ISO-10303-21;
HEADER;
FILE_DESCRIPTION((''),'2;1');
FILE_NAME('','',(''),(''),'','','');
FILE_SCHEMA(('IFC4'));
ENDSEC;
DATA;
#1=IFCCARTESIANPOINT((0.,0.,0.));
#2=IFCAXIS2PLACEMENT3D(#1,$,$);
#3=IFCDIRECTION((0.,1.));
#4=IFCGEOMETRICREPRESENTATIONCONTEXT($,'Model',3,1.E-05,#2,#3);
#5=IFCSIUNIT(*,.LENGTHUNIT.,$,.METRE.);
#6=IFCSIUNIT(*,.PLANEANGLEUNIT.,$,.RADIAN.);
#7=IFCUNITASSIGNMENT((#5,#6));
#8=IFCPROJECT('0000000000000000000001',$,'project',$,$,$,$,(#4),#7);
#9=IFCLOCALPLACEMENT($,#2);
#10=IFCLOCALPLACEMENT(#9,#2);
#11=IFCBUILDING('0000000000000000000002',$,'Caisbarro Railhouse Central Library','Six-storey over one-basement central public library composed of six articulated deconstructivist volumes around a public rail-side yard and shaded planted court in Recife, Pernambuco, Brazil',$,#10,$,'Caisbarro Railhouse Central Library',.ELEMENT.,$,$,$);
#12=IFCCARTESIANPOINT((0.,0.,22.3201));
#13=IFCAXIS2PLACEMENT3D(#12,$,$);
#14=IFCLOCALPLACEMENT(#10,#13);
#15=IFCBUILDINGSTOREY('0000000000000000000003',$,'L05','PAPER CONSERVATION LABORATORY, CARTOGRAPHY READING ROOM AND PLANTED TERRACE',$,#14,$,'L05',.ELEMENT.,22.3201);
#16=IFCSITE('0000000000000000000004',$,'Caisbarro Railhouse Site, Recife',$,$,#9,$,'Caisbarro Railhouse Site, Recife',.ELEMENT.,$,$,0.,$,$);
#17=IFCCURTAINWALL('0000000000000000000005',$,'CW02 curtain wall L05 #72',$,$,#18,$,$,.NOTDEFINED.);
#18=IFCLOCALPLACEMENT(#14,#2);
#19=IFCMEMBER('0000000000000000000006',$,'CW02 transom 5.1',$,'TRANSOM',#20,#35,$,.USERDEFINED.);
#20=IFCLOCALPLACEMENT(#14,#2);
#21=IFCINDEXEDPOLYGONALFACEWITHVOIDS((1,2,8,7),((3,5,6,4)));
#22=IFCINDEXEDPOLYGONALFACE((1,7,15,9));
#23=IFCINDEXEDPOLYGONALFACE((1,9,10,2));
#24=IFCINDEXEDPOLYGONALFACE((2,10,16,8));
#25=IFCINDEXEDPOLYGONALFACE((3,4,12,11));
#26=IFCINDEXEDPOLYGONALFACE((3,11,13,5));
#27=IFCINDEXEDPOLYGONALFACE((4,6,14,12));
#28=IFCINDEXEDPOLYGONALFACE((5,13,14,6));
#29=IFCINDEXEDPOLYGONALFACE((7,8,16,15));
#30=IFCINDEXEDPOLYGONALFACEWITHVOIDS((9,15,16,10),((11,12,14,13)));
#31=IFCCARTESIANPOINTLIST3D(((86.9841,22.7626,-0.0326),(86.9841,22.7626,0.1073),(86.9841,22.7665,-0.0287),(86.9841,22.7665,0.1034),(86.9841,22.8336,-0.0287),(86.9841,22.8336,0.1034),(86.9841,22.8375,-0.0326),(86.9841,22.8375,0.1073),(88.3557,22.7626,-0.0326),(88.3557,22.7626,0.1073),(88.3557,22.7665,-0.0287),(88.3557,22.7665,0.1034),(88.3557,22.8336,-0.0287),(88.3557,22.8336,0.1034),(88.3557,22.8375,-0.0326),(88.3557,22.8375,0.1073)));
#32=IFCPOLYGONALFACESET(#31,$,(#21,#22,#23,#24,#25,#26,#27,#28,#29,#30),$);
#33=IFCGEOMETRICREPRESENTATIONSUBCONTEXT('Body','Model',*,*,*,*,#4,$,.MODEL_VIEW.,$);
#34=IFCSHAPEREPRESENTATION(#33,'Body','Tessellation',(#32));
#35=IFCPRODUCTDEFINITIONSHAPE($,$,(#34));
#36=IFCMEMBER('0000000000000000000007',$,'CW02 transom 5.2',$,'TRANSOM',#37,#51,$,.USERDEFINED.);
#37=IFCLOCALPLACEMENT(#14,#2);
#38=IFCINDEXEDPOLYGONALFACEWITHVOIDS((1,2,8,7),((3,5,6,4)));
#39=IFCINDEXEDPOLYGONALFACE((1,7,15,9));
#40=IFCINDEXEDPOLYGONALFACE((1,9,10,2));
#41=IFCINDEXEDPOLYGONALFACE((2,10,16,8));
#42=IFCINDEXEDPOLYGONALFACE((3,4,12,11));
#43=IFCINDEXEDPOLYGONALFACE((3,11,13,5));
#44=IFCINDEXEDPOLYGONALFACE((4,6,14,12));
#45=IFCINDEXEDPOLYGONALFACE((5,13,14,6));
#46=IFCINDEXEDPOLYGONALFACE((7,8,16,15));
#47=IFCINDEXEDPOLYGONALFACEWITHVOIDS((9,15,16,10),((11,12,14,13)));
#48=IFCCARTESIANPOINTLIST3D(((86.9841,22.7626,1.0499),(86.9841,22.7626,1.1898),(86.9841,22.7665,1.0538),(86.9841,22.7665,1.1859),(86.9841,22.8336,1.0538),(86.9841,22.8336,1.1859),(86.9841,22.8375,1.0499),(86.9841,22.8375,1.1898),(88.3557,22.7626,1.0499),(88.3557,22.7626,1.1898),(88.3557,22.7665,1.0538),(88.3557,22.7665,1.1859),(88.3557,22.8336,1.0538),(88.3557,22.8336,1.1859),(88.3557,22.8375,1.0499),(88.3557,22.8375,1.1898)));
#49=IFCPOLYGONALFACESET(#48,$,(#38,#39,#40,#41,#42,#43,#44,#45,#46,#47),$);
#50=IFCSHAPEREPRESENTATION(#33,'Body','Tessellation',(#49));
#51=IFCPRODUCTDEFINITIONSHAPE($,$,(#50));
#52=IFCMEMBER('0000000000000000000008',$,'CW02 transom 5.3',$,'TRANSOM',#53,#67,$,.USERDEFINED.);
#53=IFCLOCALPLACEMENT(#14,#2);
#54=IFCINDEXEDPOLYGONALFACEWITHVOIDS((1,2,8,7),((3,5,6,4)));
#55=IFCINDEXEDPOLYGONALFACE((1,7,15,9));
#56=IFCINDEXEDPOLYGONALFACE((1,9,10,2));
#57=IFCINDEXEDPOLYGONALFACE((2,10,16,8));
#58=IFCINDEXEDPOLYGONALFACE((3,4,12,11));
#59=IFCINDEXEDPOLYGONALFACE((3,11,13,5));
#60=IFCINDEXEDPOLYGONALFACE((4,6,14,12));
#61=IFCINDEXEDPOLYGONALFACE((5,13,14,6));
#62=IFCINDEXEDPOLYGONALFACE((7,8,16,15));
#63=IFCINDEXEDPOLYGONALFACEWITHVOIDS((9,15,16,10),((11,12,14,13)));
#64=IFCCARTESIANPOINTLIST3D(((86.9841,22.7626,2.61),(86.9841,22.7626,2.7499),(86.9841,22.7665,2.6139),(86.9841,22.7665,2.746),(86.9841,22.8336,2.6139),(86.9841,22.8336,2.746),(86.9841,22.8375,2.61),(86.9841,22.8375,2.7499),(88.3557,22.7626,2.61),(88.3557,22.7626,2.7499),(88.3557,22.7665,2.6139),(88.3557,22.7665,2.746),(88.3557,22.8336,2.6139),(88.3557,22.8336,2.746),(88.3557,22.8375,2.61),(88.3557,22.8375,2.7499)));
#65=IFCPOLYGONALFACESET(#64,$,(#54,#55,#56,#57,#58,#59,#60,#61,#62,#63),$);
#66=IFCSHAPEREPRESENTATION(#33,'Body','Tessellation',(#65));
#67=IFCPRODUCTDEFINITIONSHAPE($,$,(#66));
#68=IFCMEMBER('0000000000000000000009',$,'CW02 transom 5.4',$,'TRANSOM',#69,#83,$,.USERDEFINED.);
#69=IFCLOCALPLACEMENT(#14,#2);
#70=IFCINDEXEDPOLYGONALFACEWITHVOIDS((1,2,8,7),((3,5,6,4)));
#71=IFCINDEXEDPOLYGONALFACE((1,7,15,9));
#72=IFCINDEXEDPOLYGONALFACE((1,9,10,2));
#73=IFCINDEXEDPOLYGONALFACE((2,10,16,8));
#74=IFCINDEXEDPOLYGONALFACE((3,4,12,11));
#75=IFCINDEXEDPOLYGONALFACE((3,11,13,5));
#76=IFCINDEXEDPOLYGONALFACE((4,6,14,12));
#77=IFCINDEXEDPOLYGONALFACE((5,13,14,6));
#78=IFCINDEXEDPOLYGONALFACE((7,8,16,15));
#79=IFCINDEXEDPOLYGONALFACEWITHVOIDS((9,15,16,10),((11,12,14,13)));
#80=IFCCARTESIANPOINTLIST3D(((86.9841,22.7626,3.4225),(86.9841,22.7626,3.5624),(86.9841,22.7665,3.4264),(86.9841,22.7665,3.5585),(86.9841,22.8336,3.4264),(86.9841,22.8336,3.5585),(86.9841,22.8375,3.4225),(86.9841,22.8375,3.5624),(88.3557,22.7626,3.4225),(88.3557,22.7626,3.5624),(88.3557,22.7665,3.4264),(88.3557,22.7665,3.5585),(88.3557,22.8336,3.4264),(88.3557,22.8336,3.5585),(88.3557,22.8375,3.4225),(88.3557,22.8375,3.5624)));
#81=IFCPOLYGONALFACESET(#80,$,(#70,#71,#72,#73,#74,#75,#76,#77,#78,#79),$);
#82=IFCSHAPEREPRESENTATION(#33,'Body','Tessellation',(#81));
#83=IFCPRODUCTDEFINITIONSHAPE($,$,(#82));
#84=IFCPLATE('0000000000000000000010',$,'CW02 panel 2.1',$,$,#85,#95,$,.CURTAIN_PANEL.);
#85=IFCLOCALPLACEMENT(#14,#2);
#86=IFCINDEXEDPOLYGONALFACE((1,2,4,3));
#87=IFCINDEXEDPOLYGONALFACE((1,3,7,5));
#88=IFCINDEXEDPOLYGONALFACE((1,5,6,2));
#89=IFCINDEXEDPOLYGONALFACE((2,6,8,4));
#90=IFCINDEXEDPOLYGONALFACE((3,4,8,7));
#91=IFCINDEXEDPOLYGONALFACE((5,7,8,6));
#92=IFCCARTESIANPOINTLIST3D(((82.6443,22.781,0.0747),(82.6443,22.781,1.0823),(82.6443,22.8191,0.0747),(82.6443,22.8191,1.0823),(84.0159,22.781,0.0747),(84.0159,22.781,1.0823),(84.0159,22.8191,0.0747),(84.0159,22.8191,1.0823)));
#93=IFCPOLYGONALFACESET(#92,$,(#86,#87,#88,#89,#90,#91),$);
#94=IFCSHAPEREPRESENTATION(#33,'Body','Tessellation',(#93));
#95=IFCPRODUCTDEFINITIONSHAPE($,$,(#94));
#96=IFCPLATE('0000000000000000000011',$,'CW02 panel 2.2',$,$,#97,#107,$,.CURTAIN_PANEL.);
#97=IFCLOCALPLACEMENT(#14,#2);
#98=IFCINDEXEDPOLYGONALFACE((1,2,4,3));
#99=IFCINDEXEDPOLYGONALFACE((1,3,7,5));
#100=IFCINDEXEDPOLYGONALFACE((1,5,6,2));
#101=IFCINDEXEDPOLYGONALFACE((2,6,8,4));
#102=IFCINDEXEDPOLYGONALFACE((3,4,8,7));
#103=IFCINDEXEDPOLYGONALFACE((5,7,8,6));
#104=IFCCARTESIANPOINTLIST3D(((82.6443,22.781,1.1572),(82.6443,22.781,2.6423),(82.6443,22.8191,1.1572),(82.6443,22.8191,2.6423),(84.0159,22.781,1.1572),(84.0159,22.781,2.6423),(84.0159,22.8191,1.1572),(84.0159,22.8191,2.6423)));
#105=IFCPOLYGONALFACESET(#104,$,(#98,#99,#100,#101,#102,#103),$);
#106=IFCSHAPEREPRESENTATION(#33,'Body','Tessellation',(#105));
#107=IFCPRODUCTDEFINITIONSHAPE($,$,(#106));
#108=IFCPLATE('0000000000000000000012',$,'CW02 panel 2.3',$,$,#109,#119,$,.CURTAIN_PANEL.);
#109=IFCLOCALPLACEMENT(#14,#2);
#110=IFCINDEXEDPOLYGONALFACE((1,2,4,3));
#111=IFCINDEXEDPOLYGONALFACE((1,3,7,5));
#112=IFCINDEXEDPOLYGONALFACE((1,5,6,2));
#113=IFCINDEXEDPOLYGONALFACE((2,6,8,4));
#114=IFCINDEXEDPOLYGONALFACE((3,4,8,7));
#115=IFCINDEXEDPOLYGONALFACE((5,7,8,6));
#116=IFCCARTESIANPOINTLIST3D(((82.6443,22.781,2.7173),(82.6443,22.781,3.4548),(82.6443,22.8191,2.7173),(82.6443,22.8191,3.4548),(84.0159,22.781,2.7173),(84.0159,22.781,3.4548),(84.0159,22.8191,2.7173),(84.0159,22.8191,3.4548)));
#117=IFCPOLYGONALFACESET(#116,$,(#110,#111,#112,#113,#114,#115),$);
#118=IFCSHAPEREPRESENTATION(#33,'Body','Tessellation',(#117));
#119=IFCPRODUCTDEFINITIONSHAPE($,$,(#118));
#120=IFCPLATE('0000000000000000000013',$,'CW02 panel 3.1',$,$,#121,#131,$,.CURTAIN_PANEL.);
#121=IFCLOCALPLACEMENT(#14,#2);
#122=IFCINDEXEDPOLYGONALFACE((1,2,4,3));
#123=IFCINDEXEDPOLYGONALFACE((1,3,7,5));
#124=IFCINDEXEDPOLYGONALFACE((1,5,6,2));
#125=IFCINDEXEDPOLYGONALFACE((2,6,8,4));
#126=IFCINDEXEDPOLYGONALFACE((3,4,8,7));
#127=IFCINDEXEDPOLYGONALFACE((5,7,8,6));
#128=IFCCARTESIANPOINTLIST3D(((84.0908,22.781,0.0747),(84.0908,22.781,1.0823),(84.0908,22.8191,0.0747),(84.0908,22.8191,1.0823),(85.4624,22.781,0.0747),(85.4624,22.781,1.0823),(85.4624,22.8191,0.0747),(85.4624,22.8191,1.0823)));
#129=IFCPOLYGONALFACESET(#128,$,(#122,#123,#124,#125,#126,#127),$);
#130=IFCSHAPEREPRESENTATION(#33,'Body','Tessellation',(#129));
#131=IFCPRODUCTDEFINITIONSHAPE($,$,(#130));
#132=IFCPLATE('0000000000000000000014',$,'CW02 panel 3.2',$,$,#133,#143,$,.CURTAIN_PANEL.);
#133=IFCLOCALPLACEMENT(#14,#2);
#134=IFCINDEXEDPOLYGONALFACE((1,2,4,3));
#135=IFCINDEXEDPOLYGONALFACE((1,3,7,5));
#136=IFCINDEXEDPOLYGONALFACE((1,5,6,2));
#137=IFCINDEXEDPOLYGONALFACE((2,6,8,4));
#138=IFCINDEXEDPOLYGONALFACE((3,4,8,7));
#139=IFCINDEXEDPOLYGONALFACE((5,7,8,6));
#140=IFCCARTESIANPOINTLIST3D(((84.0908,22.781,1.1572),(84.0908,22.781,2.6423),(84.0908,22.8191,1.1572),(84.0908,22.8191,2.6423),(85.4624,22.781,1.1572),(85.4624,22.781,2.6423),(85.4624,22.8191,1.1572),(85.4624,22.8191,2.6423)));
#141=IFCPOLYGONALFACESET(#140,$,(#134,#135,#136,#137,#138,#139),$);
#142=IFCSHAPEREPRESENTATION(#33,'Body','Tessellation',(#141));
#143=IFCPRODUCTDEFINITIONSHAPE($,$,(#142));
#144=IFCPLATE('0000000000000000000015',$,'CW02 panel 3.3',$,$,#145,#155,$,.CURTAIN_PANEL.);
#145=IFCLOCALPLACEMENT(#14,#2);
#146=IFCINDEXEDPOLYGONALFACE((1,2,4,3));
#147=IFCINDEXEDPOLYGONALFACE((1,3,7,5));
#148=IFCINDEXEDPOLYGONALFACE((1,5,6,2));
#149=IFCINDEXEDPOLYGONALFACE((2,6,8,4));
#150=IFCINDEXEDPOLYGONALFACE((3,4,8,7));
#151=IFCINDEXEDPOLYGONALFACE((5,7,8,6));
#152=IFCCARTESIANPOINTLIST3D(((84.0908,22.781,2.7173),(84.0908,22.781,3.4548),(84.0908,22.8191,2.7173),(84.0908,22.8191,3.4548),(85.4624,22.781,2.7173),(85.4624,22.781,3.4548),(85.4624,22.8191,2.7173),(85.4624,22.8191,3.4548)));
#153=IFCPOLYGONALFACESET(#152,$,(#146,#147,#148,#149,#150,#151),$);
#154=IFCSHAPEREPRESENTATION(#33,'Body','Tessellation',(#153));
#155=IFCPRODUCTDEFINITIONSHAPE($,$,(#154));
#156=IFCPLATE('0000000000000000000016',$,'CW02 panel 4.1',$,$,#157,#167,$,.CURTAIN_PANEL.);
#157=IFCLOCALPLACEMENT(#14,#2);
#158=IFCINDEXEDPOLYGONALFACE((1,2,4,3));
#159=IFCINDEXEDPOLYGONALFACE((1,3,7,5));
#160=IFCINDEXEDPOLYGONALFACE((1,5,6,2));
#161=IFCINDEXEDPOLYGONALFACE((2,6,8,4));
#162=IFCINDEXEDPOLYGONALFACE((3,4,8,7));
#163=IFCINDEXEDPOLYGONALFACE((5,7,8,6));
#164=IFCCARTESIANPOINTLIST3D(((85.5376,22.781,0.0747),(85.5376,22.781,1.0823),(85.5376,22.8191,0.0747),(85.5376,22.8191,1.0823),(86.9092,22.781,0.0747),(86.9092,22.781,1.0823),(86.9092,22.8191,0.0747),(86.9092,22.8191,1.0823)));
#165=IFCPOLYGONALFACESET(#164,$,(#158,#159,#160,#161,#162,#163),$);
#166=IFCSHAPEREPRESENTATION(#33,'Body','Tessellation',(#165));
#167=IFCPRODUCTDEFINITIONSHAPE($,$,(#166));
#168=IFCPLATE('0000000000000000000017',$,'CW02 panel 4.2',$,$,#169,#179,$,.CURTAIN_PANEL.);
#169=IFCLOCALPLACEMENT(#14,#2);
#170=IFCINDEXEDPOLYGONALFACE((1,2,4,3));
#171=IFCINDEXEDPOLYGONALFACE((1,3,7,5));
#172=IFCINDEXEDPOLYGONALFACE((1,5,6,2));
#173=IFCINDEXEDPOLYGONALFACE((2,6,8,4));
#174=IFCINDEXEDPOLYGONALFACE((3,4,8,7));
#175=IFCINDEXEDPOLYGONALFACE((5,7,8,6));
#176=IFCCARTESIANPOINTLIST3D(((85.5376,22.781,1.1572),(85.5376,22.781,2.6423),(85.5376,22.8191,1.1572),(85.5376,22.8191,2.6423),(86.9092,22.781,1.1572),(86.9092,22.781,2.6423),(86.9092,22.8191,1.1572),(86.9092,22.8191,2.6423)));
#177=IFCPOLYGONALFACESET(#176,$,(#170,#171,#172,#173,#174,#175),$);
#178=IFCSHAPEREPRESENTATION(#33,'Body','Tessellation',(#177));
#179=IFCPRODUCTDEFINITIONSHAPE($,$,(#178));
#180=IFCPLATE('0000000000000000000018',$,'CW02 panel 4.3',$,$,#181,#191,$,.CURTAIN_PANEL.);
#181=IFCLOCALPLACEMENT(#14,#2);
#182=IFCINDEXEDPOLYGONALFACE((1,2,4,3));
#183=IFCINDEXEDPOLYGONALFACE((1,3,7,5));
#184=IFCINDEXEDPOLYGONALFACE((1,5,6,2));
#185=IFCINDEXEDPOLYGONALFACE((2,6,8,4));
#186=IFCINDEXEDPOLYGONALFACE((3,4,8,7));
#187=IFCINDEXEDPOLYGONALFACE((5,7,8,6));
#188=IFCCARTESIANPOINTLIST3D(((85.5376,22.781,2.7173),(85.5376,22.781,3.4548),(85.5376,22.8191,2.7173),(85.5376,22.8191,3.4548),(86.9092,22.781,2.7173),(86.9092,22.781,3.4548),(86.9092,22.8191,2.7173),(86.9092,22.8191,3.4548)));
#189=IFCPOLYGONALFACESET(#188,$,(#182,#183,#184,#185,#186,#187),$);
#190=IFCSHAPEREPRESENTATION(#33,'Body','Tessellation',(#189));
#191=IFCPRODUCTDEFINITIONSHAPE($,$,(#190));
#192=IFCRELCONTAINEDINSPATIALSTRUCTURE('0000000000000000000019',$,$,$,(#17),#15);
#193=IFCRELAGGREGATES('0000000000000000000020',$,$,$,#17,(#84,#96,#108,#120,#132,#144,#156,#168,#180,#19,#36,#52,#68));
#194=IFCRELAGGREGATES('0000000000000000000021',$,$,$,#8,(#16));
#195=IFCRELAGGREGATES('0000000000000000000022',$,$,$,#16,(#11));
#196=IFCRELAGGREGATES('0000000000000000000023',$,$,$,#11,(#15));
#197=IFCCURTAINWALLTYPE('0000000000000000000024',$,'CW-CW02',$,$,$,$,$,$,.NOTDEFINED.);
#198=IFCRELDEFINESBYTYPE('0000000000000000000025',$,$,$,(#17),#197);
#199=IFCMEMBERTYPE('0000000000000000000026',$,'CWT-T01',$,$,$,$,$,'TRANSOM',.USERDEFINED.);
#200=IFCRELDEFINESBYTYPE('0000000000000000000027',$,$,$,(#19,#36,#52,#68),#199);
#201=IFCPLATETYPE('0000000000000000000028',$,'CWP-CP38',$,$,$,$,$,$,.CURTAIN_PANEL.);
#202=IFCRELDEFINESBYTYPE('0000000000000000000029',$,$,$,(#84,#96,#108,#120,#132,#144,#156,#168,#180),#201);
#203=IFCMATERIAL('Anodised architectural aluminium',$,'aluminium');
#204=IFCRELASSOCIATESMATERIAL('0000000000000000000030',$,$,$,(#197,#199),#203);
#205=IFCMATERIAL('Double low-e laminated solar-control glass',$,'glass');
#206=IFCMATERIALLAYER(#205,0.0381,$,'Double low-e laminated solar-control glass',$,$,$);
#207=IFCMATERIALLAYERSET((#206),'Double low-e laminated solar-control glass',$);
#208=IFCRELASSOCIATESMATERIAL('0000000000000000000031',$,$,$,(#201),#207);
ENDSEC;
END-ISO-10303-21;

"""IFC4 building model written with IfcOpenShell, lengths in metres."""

from ifc_helpers import new_model, si_unit, direction, frame, origin, origin_2d, place, context, subcontext, project, spatial, rectangle, hollow_rectangle, extrude, material, layer, layer_set, material_profile, profile_set, type_object, element, aggregate, save


model = new_model("IFC4")

# Units and contexts
model_context = context("Model", 3, precision=1e-05, world=origin(), true_north=direction((0.0, 1.0)))
body_context = subcontext(model_context, "Body", "Model", "MODEL_VIEW")
ifc_project = project(units=[si_unit("LENGTHUNIT", "METRE"), si_unit("PLANEANGLEUNIT", "RADIAN")], contexts=[model_context])

# Site, building, storey
site_placement = place(None, origin())
site = spatial("IfcSite", under=ifc_project, at=site_placement, Name="Caisbarro Railhouse Site, Recife", LongName="Caisbarro Railhouse Site, Recife", CompositionType="ELEMENT", RefElevation=0.0)
building_placement = place(site_placement, origin())
building = spatial("IfcBuilding", under=site, at=building_placement, Name="Caisbarro Railhouse Central Library", Description="Six-storey over one-basement central public library composed of six articulated deconstructivist volumes around a public rail-side yard and shaded planted court in Recife, Pernambuco, Brazil", LongName="Caisbarro Railhouse Central Library", CompositionType="ELEMENT")
storey_placement = place(building_placement, frame((0.0, 0.0, 22.3201)))
storey = spatial("IfcBuildingStorey", under=building, at=storey_placement, Name="L05", Description="PAPER CONSERVATION LABORATORY, CARTOGRAPHY READING ROOM AND PLANTED TERRACE", LongName="L05", CompositionType="ELEMENT", Elevation=22.3201)

# Curtain wall, members, plates
ifc_material_1 = material(Name="Anodised architectural aluminium", Category="aluminium")
curtain_wall_type = type_object("IfcCurtainWallType", Name="CW-CW02", PredefinedType="NOTDEFINED", material=ifc_material_1)
curtain_wall_placement = place(storey_placement, origin())
curtain_wall = element("IfcCurtainWall", 1, at=curtain_wall_placement, inside=storey, type_object=curtain_wall_type, Name="CW02 curtain wall L05 #72", PredefinedType="NOTDEFINED")
ifc_material_profile_1 = material_profile(ifc_material_1, hollow_rectangle(XDim=0.075, YDim=0.1399, WallThickness=0.0039, at=origin_2d()), Name="ALU-TRN-75X140")
ifc_profile_set_1 = profile_set([ifc_material_profile_1], Name="Anodised architectural aluminium")
member_type_1 = type_object("IfcMemberType", Name="CWT-T01", ElementType="TRANSOM", PredefinedType="USERDEFINED", material=ifc_profile_set_1)
member_1_placement = place(storey_placement, frame((86.9841, 22.8, 0.0374), z_axis=(1.0, 0.0, 0.0), x_axis=(0.0, 1.0, 0.0)))
member_1 = element("IfcMember", 2, at=member_1_placement, type_object=member_type_1, Name="CW02 transom 5.1", ObjectType="TRANSOM", PredefinedType="USERDEFINED", context=body_context, shape_type="SweptSolid", body=[
    extrude(hollow_rectangle(XDim=0.075, YDim=0.1399, WallThickness=0.0039, at=origin_2d()), origin(), (0.0, 0.0, 1.0), 1.3716),
])
member_2_placement = place(storey_placement, frame((86.9841, 22.8, 1.1199), z_axis=(1.0, 0.0, 0.0), x_axis=(0.0, 1.0, 0.0)))
member_2 = element("IfcMember", 3, at=member_2_placement, type_object=member_type_1, Name="CW02 transom 5.2", ObjectType="TRANSOM", PredefinedType="USERDEFINED", context=body_context, shape_type="SweptSolid", body=[
    extrude(hollow_rectangle(XDim=0.075, YDim=0.1399, WallThickness=0.0039, at=origin_2d()), origin(), (0.0, 0.0, 1.0), 1.3716),
])
member_3_placement = place(storey_placement, frame((86.9841, 22.8, 2.6799), z_axis=(1.0, 0.0, 0.0), x_axis=(0.0, 1.0, 0.0)))
member_3 = element("IfcMember", 4, at=member_3_placement, type_object=member_type_1, Name="CW02 transom 5.3", ObjectType="TRANSOM", PredefinedType="USERDEFINED", context=body_context, shape_type="SweptSolid", body=[
    extrude(hollow_rectangle(XDim=0.075, YDim=0.1399, WallThickness=0.0039, at=origin_2d()), origin(), (0.0, 0.0, 1.0), 1.3716),
])
member_4_placement = place(storey_placement, frame((86.9841, 22.8, 3.4924), z_axis=(1.0, 0.0, 0.0), x_axis=(0.0, 1.0, 0.0)))
member_4 = element("IfcMember", 5, at=member_4_placement, type_object=member_type_1, Name="CW02 transom 5.4", ObjectType="TRANSOM", PredefinedType="USERDEFINED", context=body_context, shape_type="SweptSolid", body=[
    extrude(hollow_rectangle(XDim=0.075, YDim=0.1399, WallThickness=0.0039, at=origin_2d()), origin(), (0.0, 0.0, 1.0), 1.3716),
])
ifc_material_2 = material(Name="Double low-e laminated solar-control glass", Category="glass")
ifc_layer = layer(ifc_material_2, 0.0381, Name="Double low-e laminated solar-control glass")
ifc_layer_set = layer_set([ifc_layer], Name="Double low-e laminated solar-control glass")
plate_type = type_object("IfcPlateType", Name="CWP-CP38", PredefinedType="CURTAIN_PANEL", material=ifc_layer_set)
plate_1_placement = place(storey_placement, frame((83.3301, 22.8, 0.0747), z_axis=(0.0, 0.0, 1.0), x_axis=(1.0, 0.0, 0.0)))
plate_1 = element("IfcPlate", 6, at=plate_1_placement, type_object=plate_type, Name="CW02 panel 2.1", PredefinedType="CURTAIN_PANEL", context=body_context, shape_type="SweptSolid", body=[
    extrude(rectangle(XDim=1.3716, YDim=0.0381, at=origin_2d()), origin(), (0.0, 0.0, 1.0), 1.0076),
])
plate_2_placement = place(storey_placement, frame((83.3301, 22.8, 1.1572), z_axis=(0.0, 0.0, 1.0), x_axis=(1.0, 0.0, 0.0)))
plate_2 = element("IfcPlate", 7, at=plate_2_placement, type_object=plate_type, Name="CW02 panel 2.2", PredefinedType="CURTAIN_PANEL", context=body_context, shape_type="SweptSolid", body=[
    extrude(rectangle(XDim=1.3716, YDim=0.0381, at=origin_2d()), origin(), (0.0, 0.0, 1.0), 1.4851),
])
plate_3_placement = place(storey_placement, frame((83.3301, 22.8, 2.7173), z_axis=(0.0, 0.0, 1.0), x_axis=(1.0, 0.0, 0.0)))
plate_3 = element("IfcPlate", 8, at=plate_3_placement, type_object=plate_type, Name="CW02 panel 2.3", PredefinedType="CURTAIN_PANEL", context=body_context, shape_type="SweptSolid", body=[
    extrude(rectangle(XDim=1.3716, YDim=0.0381, at=origin_2d()), origin(), (0.0, 0.0, 1.0), 0.7375),
])
plate_4_placement = place(storey_placement, frame((84.7766, 22.8, 0.0747), z_axis=(0.0, 0.0, 1.0), x_axis=(1.0, 0.0, 0.0)))
plate_4 = element("IfcPlate", 9, at=plate_4_placement, type_object=plate_type, Name="CW02 panel 3.1", PredefinedType="CURTAIN_PANEL", context=body_context, shape_type="SweptSolid", body=[
    extrude(rectangle(XDim=1.3716, YDim=0.0381, at=origin_2d()), origin(), (0.0, 0.0, 1.0), 1.0076),
])
plate_5_placement = place(storey_placement, frame((84.7766, 22.8, 1.1572), z_axis=(0.0, 0.0, 1.0), x_axis=(1.0, 0.0, 0.0)))
plate_5 = element("IfcPlate", 10, at=plate_5_placement, type_object=plate_type, Name="CW02 panel 3.2", PredefinedType="CURTAIN_PANEL", context=body_context, shape_type="SweptSolid", body=[
    extrude(rectangle(XDim=1.3716, YDim=0.0381, at=origin_2d()), origin(), (0.0, 0.0, 1.0), 1.4851),
])
plate_6_placement = place(storey_placement, frame((84.7766, 22.8, 2.7173), z_axis=(0.0, 0.0, 1.0), x_axis=(1.0, 0.0, 0.0)))
plate_6 = element("IfcPlate", 11, at=plate_6_placement, type_object=plate_type, Name="CW02 panel 3.3", PredefinedType="CURTAIN_PANEL", context=body_context, shape_type="SweptSolid", body=[
    extrude(rectangle(XDim=1.3716, YDim=0.0381, at=origin_2d()), origin(), (0.0, 0.0, 1.0), 0.7375),
])
plate_7_placement = place(storey_placement, frame((86.2234, 22.8, 0.0747), z_axis=(0.0, 0.0, 1.0), x_axis=(1.0, 0.0, 0.0)))
plate_7 = element("IfcPlate", 12, at=plate_7_placement, type_object=plate_type, Name="CW02 panel 4.1", PredefinedType="CURTAIN_PANEL", context=body_context, shape_type="SweptSolid", body=[
    extrude(rectangle(XDim=1.3716, YDim=0.0381, at=origin_2d()), origin(), (0.0, 0.0, 1.0), 1.0076),
])
plate_8_placement = place(storey_placement, frame((86.2234, 22.8, 1.1572), z_axis=(0.0, 0.0, 1.0), x_axis=(1.0, 0.0, 0.0)))
plate_8 = element("IfcPlate", 13, at=plate_8_placement, type_object=plate_type, Name="CW02 panel 4.2", PredefinedType="CURTAIN_PANEL", context=body_context, shape_type="SweptSolid", body=[
    extrude(rectangle(XDim=1.3716, YDim=0.0381, at=origin_2d()), origin(), (0.0, 0.0, 1.0), 1.4851),
])
plate_9_placement = place(storey_placement, frame((86.2234, 22.8, 2.7173), z_axis=(0.0, 0.0, 1.0), x_axis=(1.0, 0.0, 0.0)))
plate_9 = element("IfcPlate", 14, at=plate_9_placement, type_object=plate_type, Name="CW02 panel 4.3", PredefinedType="CURTAIN_PANEL", context=body_context, shape_type="SweptSolid", body=[
    extrude(rectangle(XDim=1.3716, YDim=0.0381, at=origin_2d()), origin(), (0.0, 0.0, 1.0), 0.7375),
])
aggregate(curtain_wall, [plate_1, plate_2, plate_3, plate_4, plate_5, plate_6, plate_7, plate_8, plate_9, member_1, member_2, member_3, member_4])

save(model, "model.ifc")
